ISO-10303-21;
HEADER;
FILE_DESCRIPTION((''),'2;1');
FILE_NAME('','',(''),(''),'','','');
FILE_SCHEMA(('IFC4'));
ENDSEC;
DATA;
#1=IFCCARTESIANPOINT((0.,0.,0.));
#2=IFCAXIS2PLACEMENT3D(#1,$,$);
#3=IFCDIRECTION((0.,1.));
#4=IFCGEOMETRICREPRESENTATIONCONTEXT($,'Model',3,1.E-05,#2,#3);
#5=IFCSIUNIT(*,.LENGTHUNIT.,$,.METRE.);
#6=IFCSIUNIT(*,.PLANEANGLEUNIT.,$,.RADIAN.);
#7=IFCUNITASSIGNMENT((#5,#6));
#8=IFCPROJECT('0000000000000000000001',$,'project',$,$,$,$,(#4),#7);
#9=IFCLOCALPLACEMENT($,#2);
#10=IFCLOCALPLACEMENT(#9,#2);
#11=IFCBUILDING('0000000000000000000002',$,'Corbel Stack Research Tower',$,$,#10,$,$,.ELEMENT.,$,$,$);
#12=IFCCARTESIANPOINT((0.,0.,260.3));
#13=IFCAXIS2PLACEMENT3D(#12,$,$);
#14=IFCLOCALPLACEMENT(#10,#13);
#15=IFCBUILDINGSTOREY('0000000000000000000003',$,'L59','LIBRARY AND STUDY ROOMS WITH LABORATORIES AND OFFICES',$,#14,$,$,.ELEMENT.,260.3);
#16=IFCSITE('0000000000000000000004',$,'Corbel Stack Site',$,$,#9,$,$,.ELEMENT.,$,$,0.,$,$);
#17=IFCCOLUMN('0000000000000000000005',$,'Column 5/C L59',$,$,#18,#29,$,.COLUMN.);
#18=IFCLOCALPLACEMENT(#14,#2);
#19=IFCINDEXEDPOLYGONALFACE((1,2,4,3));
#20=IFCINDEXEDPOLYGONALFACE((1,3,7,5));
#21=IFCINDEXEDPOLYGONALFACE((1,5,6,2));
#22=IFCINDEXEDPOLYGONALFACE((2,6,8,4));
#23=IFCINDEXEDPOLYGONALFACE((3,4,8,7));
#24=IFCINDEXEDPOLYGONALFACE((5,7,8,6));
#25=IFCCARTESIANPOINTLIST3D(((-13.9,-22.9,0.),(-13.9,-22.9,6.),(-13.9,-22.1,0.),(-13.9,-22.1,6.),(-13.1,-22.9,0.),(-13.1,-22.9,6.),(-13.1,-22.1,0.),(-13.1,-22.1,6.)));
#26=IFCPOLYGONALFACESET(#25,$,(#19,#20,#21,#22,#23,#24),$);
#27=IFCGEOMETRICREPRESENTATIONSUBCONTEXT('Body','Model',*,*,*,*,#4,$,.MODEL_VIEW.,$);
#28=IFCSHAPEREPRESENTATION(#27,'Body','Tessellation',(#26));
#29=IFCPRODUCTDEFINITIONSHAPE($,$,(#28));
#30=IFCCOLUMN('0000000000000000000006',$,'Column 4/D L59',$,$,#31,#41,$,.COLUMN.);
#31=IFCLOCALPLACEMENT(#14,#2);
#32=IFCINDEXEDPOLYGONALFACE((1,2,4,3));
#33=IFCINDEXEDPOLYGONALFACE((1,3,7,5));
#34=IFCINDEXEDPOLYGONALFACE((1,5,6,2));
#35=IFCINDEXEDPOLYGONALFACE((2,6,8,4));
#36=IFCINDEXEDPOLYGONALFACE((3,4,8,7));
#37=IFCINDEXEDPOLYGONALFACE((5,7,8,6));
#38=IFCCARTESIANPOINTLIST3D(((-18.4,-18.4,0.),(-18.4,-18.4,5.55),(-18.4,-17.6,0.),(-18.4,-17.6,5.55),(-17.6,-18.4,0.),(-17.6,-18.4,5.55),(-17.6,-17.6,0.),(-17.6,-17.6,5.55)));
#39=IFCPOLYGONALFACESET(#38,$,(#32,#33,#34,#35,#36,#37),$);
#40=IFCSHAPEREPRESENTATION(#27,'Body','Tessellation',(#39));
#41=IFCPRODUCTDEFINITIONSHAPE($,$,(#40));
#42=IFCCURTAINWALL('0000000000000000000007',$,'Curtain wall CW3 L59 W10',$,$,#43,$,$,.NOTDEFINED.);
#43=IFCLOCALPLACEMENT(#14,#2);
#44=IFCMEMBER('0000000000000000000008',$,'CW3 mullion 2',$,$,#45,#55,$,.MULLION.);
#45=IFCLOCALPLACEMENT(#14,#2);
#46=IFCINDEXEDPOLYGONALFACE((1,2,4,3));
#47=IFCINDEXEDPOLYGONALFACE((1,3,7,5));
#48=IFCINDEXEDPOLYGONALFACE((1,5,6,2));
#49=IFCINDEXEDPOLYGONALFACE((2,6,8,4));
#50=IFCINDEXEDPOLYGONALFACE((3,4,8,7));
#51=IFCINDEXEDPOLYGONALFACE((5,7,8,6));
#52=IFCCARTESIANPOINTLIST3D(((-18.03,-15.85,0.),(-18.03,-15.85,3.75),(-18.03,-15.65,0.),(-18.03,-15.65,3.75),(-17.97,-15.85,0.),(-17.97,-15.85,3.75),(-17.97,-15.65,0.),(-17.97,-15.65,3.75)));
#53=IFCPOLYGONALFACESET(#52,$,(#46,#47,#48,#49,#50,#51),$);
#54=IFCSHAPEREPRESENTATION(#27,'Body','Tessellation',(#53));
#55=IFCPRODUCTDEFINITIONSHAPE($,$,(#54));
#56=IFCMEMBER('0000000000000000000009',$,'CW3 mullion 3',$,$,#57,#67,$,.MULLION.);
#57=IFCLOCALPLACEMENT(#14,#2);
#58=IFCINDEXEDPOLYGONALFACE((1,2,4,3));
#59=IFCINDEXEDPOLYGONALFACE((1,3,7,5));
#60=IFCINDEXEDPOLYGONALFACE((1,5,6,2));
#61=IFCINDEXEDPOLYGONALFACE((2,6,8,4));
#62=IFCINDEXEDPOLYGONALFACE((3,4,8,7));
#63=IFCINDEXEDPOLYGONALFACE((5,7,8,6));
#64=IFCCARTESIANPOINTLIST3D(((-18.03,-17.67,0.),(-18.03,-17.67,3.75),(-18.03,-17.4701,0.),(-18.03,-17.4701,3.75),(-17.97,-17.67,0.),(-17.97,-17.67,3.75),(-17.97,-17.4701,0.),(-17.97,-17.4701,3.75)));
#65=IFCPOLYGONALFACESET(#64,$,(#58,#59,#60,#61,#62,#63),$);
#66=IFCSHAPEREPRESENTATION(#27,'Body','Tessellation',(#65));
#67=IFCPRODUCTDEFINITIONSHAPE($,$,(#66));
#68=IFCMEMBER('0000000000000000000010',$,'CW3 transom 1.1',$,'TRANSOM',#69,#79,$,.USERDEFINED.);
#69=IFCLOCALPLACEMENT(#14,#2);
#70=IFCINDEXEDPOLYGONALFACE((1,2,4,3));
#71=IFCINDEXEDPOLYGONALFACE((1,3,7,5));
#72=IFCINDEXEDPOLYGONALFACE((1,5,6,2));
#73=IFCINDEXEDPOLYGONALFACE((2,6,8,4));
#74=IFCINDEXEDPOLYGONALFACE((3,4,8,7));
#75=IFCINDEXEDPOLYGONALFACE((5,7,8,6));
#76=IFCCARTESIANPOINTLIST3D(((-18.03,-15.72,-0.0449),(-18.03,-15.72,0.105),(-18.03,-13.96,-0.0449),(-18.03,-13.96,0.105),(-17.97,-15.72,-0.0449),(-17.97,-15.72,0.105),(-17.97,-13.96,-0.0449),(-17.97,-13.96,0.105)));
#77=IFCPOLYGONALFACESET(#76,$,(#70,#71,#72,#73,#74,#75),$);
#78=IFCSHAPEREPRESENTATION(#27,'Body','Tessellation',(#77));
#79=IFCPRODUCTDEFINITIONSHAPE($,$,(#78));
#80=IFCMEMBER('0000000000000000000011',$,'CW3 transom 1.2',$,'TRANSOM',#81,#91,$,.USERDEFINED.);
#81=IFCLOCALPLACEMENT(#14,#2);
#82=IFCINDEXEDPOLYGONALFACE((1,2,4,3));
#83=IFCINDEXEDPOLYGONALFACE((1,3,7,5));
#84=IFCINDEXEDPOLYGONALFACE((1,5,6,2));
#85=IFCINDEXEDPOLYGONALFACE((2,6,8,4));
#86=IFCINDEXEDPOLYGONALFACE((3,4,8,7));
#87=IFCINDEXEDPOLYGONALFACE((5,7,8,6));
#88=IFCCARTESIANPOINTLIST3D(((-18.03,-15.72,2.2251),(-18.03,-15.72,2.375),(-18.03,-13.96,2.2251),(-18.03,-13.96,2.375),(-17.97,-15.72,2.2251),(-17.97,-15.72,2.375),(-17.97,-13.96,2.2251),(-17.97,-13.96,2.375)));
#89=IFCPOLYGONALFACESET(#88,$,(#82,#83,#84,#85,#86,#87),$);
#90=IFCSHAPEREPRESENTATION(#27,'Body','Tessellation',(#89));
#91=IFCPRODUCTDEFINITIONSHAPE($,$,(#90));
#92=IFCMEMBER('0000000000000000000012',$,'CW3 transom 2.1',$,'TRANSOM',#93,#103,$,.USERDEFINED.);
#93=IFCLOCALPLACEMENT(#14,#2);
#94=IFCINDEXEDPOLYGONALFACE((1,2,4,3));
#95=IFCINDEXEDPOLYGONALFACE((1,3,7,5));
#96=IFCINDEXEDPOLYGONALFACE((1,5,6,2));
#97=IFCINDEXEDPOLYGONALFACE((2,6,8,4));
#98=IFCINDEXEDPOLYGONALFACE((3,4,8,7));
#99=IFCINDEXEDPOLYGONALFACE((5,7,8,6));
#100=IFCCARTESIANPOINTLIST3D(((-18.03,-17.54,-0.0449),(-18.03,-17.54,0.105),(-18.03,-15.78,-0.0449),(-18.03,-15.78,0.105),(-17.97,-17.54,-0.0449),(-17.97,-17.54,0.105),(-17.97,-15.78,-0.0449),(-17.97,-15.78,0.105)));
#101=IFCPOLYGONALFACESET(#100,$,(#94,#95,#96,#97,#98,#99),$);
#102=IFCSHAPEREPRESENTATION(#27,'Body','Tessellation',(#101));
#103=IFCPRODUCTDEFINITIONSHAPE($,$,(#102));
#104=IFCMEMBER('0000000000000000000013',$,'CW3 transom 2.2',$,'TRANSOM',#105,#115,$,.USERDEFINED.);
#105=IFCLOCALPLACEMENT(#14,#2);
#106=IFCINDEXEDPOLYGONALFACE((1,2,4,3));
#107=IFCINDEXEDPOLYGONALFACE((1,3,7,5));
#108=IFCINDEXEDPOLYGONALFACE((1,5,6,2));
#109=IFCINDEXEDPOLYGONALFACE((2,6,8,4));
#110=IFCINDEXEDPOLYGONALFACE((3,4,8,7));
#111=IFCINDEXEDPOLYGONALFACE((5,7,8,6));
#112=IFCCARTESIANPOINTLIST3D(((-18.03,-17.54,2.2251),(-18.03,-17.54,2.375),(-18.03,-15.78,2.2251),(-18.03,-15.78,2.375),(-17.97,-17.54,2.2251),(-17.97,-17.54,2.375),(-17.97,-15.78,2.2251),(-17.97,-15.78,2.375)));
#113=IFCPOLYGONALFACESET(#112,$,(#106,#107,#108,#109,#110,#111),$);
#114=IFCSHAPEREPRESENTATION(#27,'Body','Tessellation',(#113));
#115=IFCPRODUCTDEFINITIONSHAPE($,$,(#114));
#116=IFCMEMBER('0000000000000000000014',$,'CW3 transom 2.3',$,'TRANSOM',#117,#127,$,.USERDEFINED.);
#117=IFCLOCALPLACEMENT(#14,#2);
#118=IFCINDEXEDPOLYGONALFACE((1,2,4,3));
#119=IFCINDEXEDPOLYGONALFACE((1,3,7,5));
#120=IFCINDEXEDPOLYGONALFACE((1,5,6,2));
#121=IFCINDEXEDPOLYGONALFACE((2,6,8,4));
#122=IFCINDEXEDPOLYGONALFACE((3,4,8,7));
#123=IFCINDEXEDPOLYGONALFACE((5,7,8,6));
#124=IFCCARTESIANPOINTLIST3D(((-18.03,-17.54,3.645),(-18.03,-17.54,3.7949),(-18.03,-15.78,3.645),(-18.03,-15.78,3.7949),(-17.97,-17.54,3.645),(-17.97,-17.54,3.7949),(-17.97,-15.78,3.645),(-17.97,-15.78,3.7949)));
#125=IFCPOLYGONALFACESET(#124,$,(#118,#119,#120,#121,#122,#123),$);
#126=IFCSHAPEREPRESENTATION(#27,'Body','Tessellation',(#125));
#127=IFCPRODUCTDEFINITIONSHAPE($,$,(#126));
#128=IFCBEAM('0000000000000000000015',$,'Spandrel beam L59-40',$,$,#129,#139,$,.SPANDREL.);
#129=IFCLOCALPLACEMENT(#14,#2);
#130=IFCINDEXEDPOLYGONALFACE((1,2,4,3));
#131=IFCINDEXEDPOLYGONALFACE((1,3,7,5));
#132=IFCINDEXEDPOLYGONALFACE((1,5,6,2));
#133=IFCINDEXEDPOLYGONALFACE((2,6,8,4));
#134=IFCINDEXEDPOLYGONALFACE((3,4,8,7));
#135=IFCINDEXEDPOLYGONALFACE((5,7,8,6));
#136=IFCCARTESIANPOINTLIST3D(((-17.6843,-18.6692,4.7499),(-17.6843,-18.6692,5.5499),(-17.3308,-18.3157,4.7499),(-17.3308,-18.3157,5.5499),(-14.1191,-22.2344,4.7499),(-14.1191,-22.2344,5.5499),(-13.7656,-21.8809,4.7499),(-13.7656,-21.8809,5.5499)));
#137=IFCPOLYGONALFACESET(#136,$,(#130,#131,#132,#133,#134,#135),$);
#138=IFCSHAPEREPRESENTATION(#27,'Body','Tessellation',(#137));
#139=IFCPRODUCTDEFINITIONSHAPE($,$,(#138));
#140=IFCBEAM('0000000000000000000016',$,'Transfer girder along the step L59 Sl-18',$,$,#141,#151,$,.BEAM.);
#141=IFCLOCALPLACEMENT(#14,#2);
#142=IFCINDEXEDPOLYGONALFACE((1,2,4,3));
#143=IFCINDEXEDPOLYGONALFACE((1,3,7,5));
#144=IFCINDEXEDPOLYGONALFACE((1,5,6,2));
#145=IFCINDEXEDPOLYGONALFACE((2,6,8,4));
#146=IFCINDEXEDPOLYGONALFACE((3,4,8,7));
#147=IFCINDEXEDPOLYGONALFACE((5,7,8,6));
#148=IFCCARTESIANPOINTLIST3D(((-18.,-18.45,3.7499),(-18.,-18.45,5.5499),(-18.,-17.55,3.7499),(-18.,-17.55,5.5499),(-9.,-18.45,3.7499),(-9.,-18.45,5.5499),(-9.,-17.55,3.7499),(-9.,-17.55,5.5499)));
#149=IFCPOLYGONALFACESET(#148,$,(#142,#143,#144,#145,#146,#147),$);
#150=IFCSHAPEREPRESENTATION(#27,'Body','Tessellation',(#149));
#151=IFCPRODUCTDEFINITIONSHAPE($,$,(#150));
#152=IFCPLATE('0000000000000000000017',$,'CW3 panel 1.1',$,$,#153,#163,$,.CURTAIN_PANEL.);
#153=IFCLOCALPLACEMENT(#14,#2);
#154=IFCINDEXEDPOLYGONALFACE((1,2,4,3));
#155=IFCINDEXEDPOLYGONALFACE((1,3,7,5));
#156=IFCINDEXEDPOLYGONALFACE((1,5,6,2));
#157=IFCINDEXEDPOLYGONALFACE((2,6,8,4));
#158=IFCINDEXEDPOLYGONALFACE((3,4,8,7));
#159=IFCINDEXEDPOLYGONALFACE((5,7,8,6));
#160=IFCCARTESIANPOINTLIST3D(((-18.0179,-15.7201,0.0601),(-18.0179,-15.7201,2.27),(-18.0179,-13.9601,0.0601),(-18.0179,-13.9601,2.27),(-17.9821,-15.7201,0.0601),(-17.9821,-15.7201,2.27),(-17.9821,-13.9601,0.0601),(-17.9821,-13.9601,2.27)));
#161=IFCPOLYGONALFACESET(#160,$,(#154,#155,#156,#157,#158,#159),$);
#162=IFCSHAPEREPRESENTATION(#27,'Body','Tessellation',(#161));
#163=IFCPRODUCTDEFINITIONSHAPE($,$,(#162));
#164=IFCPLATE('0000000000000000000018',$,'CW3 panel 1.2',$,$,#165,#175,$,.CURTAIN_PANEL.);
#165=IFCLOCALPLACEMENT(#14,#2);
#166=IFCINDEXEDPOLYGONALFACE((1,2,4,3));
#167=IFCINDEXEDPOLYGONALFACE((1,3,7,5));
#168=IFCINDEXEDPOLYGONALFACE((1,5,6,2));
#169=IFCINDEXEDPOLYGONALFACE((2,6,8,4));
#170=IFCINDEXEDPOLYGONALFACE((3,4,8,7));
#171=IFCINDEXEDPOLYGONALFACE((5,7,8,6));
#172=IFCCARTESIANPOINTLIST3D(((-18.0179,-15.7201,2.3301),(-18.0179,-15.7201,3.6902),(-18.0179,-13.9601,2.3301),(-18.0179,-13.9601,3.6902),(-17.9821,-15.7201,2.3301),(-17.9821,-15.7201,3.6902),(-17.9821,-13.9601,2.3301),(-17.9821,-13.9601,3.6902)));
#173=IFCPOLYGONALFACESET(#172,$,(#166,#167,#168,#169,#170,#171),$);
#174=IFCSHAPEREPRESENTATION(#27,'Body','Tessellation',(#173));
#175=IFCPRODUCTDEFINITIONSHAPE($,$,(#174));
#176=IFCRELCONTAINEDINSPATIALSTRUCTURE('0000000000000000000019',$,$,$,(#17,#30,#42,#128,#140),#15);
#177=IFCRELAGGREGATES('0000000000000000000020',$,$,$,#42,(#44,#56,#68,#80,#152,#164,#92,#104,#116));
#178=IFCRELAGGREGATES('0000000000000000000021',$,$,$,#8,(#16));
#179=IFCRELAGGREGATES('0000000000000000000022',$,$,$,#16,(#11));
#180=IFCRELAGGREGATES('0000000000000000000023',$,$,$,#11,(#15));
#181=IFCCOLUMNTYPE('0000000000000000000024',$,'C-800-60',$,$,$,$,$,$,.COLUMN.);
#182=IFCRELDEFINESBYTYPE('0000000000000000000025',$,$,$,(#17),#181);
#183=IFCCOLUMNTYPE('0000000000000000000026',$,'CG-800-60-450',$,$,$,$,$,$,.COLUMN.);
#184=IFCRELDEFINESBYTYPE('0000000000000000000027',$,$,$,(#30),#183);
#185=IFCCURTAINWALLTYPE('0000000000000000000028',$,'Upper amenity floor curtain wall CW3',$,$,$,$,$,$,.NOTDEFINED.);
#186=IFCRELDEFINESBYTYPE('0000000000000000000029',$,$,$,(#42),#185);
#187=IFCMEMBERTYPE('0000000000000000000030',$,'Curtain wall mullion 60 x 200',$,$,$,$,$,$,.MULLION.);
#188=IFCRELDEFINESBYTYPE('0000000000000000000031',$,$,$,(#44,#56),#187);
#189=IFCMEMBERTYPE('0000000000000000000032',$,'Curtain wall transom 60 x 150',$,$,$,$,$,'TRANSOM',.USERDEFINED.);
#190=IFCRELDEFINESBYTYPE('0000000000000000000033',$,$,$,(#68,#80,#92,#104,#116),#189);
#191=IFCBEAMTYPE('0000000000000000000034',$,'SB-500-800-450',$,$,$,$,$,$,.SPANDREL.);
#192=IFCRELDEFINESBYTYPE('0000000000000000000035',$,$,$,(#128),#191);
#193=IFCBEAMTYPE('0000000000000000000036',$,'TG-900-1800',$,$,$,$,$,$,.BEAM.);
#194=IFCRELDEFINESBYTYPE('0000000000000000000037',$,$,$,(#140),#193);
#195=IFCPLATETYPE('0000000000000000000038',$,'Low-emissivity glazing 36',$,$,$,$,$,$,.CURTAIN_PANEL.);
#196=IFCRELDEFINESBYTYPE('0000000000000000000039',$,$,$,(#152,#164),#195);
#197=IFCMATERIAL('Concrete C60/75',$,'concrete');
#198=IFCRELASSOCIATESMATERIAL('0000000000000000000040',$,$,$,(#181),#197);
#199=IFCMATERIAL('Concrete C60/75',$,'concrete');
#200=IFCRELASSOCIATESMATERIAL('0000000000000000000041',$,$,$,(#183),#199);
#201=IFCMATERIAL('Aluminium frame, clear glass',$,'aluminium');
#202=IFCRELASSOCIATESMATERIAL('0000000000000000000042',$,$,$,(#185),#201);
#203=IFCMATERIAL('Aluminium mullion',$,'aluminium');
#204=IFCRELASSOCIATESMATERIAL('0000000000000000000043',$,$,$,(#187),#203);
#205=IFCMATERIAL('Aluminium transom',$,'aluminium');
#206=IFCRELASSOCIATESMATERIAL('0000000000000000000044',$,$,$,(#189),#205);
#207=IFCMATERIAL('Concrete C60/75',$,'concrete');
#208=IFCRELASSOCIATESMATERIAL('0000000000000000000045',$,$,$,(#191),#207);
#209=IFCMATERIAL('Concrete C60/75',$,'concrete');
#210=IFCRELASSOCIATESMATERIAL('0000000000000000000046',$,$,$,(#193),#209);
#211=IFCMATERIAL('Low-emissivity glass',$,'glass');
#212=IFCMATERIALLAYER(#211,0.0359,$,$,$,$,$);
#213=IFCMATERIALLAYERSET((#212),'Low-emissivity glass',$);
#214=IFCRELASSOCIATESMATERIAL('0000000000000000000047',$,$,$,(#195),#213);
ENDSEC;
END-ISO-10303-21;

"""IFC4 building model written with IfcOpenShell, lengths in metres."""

from ifc_helpers import new_model, si_unit, direction, frame, origin, origin_2d, place, context, subcontext, project, spatial, rectangle, extrude, material, layer, layer_set, material_profile, profile_set, type_object, element, aggregate, save


model = new_model("IFC4")

# Units and contexts
model_context = context("Model", 3, precision=1e-05, world=origin(), true_north=direction((0.0, 1.0)))
body_context = subcontext(model_context, "Body", "Model", "MODEL_VIEW")
ifc_project = project(units=[si_unit("LENGTHUNIT", "METRE"), si_unit("PLANEANGLEUNIT", "RADIAN")], contexts=[model_context])

# Site, building, storey
site_placement = place(None, origin())
site = spatial("IfcSite", under=ifc_project, at=site_placement, Name="Corbel Stack Site", CompositionType="ELEMENT", RefElevation=0.0)
building_placement = place(site_placement, origin())
building = spatial("IfcBuilding", under=site, at=building_placement, Name="Corbel Stack Research Tower", CompositionType="ELEMENT")
storey_placement = place(building_placement, frame((0.0, 0.0, 260.3)))
storey = spatial("IfcBuildingStorey", under=building, at=storey_placement, Name="L59", Description="LIBRARY AND STUDY ROOMS WITH LABORATORIES AND OFFICES", CompositionType="ELEMENT", Elevation=260.3)

# Columns
ifc_material_1 = material(Name="Concrete C60/75", Category="concrete")
ifc_material_profile_1 = material_profile(ifc_material_1, rectangle(XDim=0.8, YDim=0.8, at=origin_2d()), Name="RC 800 x 800")
ifc_profile_set_1 = profile_set([ifc_material_profile_1], Name="Concrete C60/75")
column_type_1 = type_object("IfcColumnType", Name="C-800-60", PredefinedType="COLUMN", material=ifc_profile_set_1)
column_1_placement = place(storey_placement, frame((-13.5, -22.5, 0.0), z_axis=(0.0, 0.0, 1.0), x_axis=(1.0, 0.0, 0.0)))
element("IfcColumn", 1, at=column_1_placement, inside=storey, type_object=column_type_1, Name="Column 5/C L59", PredefinedType="COLUMN", context=body_context, shape_type="SweptSolid", body=[
    extrude(rectangle(XDim=0.8, YDim=0.8, at=origin_2d()), origin(), (0.0, 0.0, 1.0), 6.0),
])
ifc_material_2 = material(Name="Concrete C60/75", Category="concrete")
ifc_material_profile_2 = material_profile(ifc_material_2, rectangle(XDim=0.8, YDim=0.8, at=origin_2d()), Name="RC 800 x 800")
ifc_profile_set_2 = profile_set([ifc_material_profile_2], Name="Concrete C60/75")
column_type_2 = type_object("IfcColumnType", Name="CG-800-60-450", PredefinedType="COLUMN", material=ifc_profile_set_2)
column_2_placement = place(storey_placement, frame((-18.0, -18.0, 0.0), z_axis=(0.0, 0.0, 1.0), x_axis=(1.0, 0.0, 0.0)))
element("IfcColumn", 2, at=column_2_placement, inside=storey, type_object=column_type_2, Name="Column 4/D L59", PredefinedType="COLUMN", context=body_context, shape_type="SweptSolid", body=[
    extrude(rectangle(XDim=0.8, YDim=0.8, at=origin_2d()), origin(), (0.0, 0.0, 1.0), 5.55),
])

# Curtain wall, members
ifc_material_3 = material(Name="Aluminium frame, clear glass", Category="aluminium")
curtain_wall_type = type_object("IfcCurtainWallType", Name="Upper amenity floor curtain wall CW3", PredefinedType="NOTDEFINED", material=ifc_material_3)
curtain_wall_placement = place(storey_placement, origin())
curtain_wall = element("IfcCurtainWall", 3, at=curtain_wall_placement, inside=storey, type_object=curtain_wall_type, Name="Curtain wall CW3 L59 W10", PredefinedType="NOTDEFINED")
ifc_material_4 = material(Name="Aluminium mullion", Category="aluminium")
ifc_material_profile_3 = material_profile(ifc_material_4, rectangle(XDim=0.0601, YDim=0.2, at=origin_2d()), Name="Mullion 60 x 200")
ifc_profile_set_3 = profile_set([ifc_material_profile_3], Name="Aluminium mullion")
member_type_1 = type_object("IfcMemberType", Name="Curtain wall mullion 60 x 200", PredefinedType="MULLION", material=ifc_profile_set_3)
member_1_placement = place(storey_placement, frame((-18.0, -15.75, 0.0), z_axis=(0.0, 0.0, 1.0), x_axis=(1.0, 0.0, 0.0)))
member_1 = element("IfcMember", 4, at=member_1_placement, type_object=member_type_1, Name="CW3 mullion 2", PredefinedType="MULLION", context=body_context, shape_type="SweptSolid", body=[
    extrude(rectangle(XDim=0.0601, YDim=0.2, at=origin_2d()), origin(), (0.0, 0.0, 1.0), 3.75),
])
member_2_placement = place(storey_placement, frame((-18.0, -17.5701, 0.0), z_axis=(0.0, 0.0, 1.0), x_axis=(1.0, 0.0, 0.0)))
member_2 = element("IfcMember", 5, at=member_2_placement, type_object=member_type_1, Name="CW3 mullion 3", PredefinedType="MULLION", context=body_context, shape_type="SweptSolid", body=[
    extrude(rectangle(XDim=0.0601, YDim=0.2, at=origin_2d()), origin(), (0.0, 0.0, 1.0), 3.75),
])
ifc_material_5 = material(Name="Aluminium transom", Category="aluminium")
ifc_material_profile_4 = material_profile(ifc_material_5, rectangle(XDim=0.0601, YDim=0.1499, at=origin_2d()), Name="Transom 60 x 150")
ifc_profile_set_4 = profile_set([ifc_material_profile_4], Name="Aluminium transom")
member_type_2 = type_object("IfcMemberType", Name="Curtain wall transom 60 x 150", ElementType="TRANSOM", PredefinedType="USERDEFINED", material=ifc_profile_set_4)
member_3_placement = place(storey_placement, frame((-18.0, -13.96, 0.03), z_axis=(0.0, -1.0, 0.0), x_axis=(1.0, 0.0, 0.0)))
member_3 = element("IfcMember", 6, at=member_3_placement, type_object=member_type_2, Name="CW3 transom 1.1", ObjectType="TRANSOM", PredefinedType="USERDEFINED", context=body_context, shape_type="SweptSolid", body=[
    extrude(rectangle(XDim=0.0601, YDim=0.1499, at=origin_2d()), origin(), (0.0, 0.0, 1.0), 1.76),
])
member_4_placement = place(storey_placement, frame((-18.0, -13.96, 2.3), z_axis=(0.0, -1.0, 0.0), x_axis=(1.0, 0.0, 0.0)))
member_4 = element("IfcMember", 7, at=member_4_placement, type_object=member_type_2, Name="CW3 transom 1.2", ObjectType="TRANSOM", PredefinedType="USERDEFINED", context=body_context, shape_type="SweptSolid", body=[
    extrude(rectangle(XDim=0.0601, YDim=0.1499, at=origin_2d()), origin(), (0.0, 0.0, 1.0), 1.76),
])
member_5_placement = place(storey_placement, frame((-18.0, -15.78, 0.03), z_axis=(0.0, -1.0, 0.0), x_axis=(1.0, 0.0, 0.0)))
member_5 = element("IfcMember", 8, at=member_5_placement, type_object=member_type_2, Name="CW3 transom 2.1", ObjectType="TRANSOM", PredefinedType="USERDEFINED", context=body_context, shape_type="SweptSolid", body=[
    extrude(rectangle(XDim=0.0601, YDim=0.1499, at=origin_2d()), origin(), (0.0, 0.0, 1.0), 1.76),
])
member_6_placement = place(storey_placement, frame((-18.0, -15.78, 2.3), z_axis=(0.0, -1.0, 0.0), x_axis=(1.0, 0.0, 0.0)))
member_6 = element("IfcMember", 9, at=member_6_placement, type_object=member_type_2, Name="CW3 transom 2.2", ObjectType="TRANSOM", PredefinedType="USERDEFINED", context=body_context, shape_type="SweptSolid", body=[
    extrude(rectangle(XDim=0.0601, YDim=0.1499, at=origin_2d()), origin(), (0.0, 0.0, 1.0), 1.76),
])
member_7_placement = place(storey_placement, frame((-18.0, -15.78, 3.72), z_axis=(0.0, -1.0, 0.0), x_axis=(1.0, 0.0, 0.0)))
member_7 = element("IfcMember", 10, at=member_7_placement, type_object=member_type_2, Name="CW3 transom 2.3", ObjectType="TRANSOM", PredefinedType="USERDEFINED", context=body_context, shape_type="SweptSolid", body=[
    extrude(rectangle(XDim=0.0601, YDim=0.1499, at=origin_2d()), origin(), (0.0, 0.0, 1.0), 1.76),
])

# Beams
ifc_material_6 = material(Name="Concrete C60/75", Category="concrete")
ifc_material_profile_5 = material_profile(ifc_material_6, rectangle(XDim=0.5, YDim=0.8, at=origin_2d()), Name="RC 500 x 800")
ifc_profile_set_5 = profile_set([ifc_material_profile_5], Name="Concrete C60/75")
beam_type_1 = type_object("IfcBeamType", Name="SB-500-800-450", PredefinedType="SPANDREL", material=ifc_profile_set_5)
beam_1_placement = place(storey_placement, frame((-17.5076, -18.4924, 5.1499), z_axis=(0.707107, -0.707107, 0.0), x_axis=(0.707107, 0.707107, 0.0)))
element("IfcBeam", 11, at=beam_1_placement, inside=storey, type_object=beam_type_1, Name="Spandrel beam L59-40", PredefinedType="SPANDREL", context=body_context, shape_type="SweptSolid", body=[
    extrude(rectangle(XDim=0.5, YDim=0.8, at=origin_2d()), origin(), (0.0, 0.0, 1.0), 5.042),
])
ifc_material_7 = material(Name="Concrete C60/75", Category="concrete")
ifc_material_profile_6 = material_profile(ifc_material_7, rectangle(XDim=0.8999, YDim=1.8, at=origin_2d()), Name="RC 900 x 1800")
ifc_profile_set_6 = profile_set([ifc_material_profile_6], Name="Concrete C60/75")
beam_type_2 = type_object("IfcBeamType", Name="TG-900-1800", PredefinedType="BEAM", material=ifc_profile_set_6)
beam_2_placement = place(storey_placement, frame((-18.0, -18.0, 4.6499), z_axis=(1.0, 0.0, 0.0), x_axis=(0.0, 1.0, 0.0)))
element("IfcBeam", 12, at=beam_2_placement, inside=storey, type_object=beam_type_2, Name="Transfer girder along the step L59 Sl-18", PredefinedType="BEAM", context=body_context, shape_type="SweptSolid", body=[
    extrude(rectangle(XDim=0.8999, YDim=1.8, at=origin_2d()), origin(), (0.0, 0.0, 1.0), 9.0),
])

# Plates
ifc_material_8 = material(Name="Low-emissivity glass", Category="glass")
ifc_layer_1 = layer(ifc_material_8, 0.0359)
ifc_layer_set_1 = layer_set([ifc_layer_1], Name="Low-emissivity glass")
plate_type = type_object("IfcPlateType", Name="Low-emissivity glazing 36", PredefinedType="CURTAIN_PANEL", material=ifc_layer_set_1)
plate_1_placement = place(storey_placement, frame((-18.0, -14.8401, 0.0601), z_axis=(0.0, 0.0, 1.0), x_axis=(0.0, -1.0, 0.0)))
plate_1 = element("IfcPlate", 13, at=plate_1_placement, type_object=plate_type, Name="CW3 panel 1.1", PredefinedType="CURTAIN_PANEL", context=body_context, shape_type="SweptSolid", body=[
    extrude(rectangle(XDim=1.76, YDim=0.0359, at=origin_2d()), origin(), (0.0, 0.0, 1.0), 2.21),
])
plate_2_placement = place(storey_placement, frame((-18.0, -14.8401, 2.3301), z_axis=(0.0, 0.0, 1.0), x_axis=(0.0, -1.0, 0.0)))
plate_2 = element("IfcPlate", 14, at=plate_2_placement, type_object=plate_type, Name="CW3 panel 1.2", PredefinedType="CURTAIN_PANEL", context=body_context, shape_type="SweptSolid", body=[
    extrude(rectangle(XDim=1.76, YDim=0.0359, at=origin_2d()), origin(), (0.0, 0.0, 1.0), 1.3601),
])
aggregate(curtain_wall, [member_1, member_2, member_3, member_4, plate_1, plate_2, member_5, member_6, member_7])

save(model, "model.ifc")
